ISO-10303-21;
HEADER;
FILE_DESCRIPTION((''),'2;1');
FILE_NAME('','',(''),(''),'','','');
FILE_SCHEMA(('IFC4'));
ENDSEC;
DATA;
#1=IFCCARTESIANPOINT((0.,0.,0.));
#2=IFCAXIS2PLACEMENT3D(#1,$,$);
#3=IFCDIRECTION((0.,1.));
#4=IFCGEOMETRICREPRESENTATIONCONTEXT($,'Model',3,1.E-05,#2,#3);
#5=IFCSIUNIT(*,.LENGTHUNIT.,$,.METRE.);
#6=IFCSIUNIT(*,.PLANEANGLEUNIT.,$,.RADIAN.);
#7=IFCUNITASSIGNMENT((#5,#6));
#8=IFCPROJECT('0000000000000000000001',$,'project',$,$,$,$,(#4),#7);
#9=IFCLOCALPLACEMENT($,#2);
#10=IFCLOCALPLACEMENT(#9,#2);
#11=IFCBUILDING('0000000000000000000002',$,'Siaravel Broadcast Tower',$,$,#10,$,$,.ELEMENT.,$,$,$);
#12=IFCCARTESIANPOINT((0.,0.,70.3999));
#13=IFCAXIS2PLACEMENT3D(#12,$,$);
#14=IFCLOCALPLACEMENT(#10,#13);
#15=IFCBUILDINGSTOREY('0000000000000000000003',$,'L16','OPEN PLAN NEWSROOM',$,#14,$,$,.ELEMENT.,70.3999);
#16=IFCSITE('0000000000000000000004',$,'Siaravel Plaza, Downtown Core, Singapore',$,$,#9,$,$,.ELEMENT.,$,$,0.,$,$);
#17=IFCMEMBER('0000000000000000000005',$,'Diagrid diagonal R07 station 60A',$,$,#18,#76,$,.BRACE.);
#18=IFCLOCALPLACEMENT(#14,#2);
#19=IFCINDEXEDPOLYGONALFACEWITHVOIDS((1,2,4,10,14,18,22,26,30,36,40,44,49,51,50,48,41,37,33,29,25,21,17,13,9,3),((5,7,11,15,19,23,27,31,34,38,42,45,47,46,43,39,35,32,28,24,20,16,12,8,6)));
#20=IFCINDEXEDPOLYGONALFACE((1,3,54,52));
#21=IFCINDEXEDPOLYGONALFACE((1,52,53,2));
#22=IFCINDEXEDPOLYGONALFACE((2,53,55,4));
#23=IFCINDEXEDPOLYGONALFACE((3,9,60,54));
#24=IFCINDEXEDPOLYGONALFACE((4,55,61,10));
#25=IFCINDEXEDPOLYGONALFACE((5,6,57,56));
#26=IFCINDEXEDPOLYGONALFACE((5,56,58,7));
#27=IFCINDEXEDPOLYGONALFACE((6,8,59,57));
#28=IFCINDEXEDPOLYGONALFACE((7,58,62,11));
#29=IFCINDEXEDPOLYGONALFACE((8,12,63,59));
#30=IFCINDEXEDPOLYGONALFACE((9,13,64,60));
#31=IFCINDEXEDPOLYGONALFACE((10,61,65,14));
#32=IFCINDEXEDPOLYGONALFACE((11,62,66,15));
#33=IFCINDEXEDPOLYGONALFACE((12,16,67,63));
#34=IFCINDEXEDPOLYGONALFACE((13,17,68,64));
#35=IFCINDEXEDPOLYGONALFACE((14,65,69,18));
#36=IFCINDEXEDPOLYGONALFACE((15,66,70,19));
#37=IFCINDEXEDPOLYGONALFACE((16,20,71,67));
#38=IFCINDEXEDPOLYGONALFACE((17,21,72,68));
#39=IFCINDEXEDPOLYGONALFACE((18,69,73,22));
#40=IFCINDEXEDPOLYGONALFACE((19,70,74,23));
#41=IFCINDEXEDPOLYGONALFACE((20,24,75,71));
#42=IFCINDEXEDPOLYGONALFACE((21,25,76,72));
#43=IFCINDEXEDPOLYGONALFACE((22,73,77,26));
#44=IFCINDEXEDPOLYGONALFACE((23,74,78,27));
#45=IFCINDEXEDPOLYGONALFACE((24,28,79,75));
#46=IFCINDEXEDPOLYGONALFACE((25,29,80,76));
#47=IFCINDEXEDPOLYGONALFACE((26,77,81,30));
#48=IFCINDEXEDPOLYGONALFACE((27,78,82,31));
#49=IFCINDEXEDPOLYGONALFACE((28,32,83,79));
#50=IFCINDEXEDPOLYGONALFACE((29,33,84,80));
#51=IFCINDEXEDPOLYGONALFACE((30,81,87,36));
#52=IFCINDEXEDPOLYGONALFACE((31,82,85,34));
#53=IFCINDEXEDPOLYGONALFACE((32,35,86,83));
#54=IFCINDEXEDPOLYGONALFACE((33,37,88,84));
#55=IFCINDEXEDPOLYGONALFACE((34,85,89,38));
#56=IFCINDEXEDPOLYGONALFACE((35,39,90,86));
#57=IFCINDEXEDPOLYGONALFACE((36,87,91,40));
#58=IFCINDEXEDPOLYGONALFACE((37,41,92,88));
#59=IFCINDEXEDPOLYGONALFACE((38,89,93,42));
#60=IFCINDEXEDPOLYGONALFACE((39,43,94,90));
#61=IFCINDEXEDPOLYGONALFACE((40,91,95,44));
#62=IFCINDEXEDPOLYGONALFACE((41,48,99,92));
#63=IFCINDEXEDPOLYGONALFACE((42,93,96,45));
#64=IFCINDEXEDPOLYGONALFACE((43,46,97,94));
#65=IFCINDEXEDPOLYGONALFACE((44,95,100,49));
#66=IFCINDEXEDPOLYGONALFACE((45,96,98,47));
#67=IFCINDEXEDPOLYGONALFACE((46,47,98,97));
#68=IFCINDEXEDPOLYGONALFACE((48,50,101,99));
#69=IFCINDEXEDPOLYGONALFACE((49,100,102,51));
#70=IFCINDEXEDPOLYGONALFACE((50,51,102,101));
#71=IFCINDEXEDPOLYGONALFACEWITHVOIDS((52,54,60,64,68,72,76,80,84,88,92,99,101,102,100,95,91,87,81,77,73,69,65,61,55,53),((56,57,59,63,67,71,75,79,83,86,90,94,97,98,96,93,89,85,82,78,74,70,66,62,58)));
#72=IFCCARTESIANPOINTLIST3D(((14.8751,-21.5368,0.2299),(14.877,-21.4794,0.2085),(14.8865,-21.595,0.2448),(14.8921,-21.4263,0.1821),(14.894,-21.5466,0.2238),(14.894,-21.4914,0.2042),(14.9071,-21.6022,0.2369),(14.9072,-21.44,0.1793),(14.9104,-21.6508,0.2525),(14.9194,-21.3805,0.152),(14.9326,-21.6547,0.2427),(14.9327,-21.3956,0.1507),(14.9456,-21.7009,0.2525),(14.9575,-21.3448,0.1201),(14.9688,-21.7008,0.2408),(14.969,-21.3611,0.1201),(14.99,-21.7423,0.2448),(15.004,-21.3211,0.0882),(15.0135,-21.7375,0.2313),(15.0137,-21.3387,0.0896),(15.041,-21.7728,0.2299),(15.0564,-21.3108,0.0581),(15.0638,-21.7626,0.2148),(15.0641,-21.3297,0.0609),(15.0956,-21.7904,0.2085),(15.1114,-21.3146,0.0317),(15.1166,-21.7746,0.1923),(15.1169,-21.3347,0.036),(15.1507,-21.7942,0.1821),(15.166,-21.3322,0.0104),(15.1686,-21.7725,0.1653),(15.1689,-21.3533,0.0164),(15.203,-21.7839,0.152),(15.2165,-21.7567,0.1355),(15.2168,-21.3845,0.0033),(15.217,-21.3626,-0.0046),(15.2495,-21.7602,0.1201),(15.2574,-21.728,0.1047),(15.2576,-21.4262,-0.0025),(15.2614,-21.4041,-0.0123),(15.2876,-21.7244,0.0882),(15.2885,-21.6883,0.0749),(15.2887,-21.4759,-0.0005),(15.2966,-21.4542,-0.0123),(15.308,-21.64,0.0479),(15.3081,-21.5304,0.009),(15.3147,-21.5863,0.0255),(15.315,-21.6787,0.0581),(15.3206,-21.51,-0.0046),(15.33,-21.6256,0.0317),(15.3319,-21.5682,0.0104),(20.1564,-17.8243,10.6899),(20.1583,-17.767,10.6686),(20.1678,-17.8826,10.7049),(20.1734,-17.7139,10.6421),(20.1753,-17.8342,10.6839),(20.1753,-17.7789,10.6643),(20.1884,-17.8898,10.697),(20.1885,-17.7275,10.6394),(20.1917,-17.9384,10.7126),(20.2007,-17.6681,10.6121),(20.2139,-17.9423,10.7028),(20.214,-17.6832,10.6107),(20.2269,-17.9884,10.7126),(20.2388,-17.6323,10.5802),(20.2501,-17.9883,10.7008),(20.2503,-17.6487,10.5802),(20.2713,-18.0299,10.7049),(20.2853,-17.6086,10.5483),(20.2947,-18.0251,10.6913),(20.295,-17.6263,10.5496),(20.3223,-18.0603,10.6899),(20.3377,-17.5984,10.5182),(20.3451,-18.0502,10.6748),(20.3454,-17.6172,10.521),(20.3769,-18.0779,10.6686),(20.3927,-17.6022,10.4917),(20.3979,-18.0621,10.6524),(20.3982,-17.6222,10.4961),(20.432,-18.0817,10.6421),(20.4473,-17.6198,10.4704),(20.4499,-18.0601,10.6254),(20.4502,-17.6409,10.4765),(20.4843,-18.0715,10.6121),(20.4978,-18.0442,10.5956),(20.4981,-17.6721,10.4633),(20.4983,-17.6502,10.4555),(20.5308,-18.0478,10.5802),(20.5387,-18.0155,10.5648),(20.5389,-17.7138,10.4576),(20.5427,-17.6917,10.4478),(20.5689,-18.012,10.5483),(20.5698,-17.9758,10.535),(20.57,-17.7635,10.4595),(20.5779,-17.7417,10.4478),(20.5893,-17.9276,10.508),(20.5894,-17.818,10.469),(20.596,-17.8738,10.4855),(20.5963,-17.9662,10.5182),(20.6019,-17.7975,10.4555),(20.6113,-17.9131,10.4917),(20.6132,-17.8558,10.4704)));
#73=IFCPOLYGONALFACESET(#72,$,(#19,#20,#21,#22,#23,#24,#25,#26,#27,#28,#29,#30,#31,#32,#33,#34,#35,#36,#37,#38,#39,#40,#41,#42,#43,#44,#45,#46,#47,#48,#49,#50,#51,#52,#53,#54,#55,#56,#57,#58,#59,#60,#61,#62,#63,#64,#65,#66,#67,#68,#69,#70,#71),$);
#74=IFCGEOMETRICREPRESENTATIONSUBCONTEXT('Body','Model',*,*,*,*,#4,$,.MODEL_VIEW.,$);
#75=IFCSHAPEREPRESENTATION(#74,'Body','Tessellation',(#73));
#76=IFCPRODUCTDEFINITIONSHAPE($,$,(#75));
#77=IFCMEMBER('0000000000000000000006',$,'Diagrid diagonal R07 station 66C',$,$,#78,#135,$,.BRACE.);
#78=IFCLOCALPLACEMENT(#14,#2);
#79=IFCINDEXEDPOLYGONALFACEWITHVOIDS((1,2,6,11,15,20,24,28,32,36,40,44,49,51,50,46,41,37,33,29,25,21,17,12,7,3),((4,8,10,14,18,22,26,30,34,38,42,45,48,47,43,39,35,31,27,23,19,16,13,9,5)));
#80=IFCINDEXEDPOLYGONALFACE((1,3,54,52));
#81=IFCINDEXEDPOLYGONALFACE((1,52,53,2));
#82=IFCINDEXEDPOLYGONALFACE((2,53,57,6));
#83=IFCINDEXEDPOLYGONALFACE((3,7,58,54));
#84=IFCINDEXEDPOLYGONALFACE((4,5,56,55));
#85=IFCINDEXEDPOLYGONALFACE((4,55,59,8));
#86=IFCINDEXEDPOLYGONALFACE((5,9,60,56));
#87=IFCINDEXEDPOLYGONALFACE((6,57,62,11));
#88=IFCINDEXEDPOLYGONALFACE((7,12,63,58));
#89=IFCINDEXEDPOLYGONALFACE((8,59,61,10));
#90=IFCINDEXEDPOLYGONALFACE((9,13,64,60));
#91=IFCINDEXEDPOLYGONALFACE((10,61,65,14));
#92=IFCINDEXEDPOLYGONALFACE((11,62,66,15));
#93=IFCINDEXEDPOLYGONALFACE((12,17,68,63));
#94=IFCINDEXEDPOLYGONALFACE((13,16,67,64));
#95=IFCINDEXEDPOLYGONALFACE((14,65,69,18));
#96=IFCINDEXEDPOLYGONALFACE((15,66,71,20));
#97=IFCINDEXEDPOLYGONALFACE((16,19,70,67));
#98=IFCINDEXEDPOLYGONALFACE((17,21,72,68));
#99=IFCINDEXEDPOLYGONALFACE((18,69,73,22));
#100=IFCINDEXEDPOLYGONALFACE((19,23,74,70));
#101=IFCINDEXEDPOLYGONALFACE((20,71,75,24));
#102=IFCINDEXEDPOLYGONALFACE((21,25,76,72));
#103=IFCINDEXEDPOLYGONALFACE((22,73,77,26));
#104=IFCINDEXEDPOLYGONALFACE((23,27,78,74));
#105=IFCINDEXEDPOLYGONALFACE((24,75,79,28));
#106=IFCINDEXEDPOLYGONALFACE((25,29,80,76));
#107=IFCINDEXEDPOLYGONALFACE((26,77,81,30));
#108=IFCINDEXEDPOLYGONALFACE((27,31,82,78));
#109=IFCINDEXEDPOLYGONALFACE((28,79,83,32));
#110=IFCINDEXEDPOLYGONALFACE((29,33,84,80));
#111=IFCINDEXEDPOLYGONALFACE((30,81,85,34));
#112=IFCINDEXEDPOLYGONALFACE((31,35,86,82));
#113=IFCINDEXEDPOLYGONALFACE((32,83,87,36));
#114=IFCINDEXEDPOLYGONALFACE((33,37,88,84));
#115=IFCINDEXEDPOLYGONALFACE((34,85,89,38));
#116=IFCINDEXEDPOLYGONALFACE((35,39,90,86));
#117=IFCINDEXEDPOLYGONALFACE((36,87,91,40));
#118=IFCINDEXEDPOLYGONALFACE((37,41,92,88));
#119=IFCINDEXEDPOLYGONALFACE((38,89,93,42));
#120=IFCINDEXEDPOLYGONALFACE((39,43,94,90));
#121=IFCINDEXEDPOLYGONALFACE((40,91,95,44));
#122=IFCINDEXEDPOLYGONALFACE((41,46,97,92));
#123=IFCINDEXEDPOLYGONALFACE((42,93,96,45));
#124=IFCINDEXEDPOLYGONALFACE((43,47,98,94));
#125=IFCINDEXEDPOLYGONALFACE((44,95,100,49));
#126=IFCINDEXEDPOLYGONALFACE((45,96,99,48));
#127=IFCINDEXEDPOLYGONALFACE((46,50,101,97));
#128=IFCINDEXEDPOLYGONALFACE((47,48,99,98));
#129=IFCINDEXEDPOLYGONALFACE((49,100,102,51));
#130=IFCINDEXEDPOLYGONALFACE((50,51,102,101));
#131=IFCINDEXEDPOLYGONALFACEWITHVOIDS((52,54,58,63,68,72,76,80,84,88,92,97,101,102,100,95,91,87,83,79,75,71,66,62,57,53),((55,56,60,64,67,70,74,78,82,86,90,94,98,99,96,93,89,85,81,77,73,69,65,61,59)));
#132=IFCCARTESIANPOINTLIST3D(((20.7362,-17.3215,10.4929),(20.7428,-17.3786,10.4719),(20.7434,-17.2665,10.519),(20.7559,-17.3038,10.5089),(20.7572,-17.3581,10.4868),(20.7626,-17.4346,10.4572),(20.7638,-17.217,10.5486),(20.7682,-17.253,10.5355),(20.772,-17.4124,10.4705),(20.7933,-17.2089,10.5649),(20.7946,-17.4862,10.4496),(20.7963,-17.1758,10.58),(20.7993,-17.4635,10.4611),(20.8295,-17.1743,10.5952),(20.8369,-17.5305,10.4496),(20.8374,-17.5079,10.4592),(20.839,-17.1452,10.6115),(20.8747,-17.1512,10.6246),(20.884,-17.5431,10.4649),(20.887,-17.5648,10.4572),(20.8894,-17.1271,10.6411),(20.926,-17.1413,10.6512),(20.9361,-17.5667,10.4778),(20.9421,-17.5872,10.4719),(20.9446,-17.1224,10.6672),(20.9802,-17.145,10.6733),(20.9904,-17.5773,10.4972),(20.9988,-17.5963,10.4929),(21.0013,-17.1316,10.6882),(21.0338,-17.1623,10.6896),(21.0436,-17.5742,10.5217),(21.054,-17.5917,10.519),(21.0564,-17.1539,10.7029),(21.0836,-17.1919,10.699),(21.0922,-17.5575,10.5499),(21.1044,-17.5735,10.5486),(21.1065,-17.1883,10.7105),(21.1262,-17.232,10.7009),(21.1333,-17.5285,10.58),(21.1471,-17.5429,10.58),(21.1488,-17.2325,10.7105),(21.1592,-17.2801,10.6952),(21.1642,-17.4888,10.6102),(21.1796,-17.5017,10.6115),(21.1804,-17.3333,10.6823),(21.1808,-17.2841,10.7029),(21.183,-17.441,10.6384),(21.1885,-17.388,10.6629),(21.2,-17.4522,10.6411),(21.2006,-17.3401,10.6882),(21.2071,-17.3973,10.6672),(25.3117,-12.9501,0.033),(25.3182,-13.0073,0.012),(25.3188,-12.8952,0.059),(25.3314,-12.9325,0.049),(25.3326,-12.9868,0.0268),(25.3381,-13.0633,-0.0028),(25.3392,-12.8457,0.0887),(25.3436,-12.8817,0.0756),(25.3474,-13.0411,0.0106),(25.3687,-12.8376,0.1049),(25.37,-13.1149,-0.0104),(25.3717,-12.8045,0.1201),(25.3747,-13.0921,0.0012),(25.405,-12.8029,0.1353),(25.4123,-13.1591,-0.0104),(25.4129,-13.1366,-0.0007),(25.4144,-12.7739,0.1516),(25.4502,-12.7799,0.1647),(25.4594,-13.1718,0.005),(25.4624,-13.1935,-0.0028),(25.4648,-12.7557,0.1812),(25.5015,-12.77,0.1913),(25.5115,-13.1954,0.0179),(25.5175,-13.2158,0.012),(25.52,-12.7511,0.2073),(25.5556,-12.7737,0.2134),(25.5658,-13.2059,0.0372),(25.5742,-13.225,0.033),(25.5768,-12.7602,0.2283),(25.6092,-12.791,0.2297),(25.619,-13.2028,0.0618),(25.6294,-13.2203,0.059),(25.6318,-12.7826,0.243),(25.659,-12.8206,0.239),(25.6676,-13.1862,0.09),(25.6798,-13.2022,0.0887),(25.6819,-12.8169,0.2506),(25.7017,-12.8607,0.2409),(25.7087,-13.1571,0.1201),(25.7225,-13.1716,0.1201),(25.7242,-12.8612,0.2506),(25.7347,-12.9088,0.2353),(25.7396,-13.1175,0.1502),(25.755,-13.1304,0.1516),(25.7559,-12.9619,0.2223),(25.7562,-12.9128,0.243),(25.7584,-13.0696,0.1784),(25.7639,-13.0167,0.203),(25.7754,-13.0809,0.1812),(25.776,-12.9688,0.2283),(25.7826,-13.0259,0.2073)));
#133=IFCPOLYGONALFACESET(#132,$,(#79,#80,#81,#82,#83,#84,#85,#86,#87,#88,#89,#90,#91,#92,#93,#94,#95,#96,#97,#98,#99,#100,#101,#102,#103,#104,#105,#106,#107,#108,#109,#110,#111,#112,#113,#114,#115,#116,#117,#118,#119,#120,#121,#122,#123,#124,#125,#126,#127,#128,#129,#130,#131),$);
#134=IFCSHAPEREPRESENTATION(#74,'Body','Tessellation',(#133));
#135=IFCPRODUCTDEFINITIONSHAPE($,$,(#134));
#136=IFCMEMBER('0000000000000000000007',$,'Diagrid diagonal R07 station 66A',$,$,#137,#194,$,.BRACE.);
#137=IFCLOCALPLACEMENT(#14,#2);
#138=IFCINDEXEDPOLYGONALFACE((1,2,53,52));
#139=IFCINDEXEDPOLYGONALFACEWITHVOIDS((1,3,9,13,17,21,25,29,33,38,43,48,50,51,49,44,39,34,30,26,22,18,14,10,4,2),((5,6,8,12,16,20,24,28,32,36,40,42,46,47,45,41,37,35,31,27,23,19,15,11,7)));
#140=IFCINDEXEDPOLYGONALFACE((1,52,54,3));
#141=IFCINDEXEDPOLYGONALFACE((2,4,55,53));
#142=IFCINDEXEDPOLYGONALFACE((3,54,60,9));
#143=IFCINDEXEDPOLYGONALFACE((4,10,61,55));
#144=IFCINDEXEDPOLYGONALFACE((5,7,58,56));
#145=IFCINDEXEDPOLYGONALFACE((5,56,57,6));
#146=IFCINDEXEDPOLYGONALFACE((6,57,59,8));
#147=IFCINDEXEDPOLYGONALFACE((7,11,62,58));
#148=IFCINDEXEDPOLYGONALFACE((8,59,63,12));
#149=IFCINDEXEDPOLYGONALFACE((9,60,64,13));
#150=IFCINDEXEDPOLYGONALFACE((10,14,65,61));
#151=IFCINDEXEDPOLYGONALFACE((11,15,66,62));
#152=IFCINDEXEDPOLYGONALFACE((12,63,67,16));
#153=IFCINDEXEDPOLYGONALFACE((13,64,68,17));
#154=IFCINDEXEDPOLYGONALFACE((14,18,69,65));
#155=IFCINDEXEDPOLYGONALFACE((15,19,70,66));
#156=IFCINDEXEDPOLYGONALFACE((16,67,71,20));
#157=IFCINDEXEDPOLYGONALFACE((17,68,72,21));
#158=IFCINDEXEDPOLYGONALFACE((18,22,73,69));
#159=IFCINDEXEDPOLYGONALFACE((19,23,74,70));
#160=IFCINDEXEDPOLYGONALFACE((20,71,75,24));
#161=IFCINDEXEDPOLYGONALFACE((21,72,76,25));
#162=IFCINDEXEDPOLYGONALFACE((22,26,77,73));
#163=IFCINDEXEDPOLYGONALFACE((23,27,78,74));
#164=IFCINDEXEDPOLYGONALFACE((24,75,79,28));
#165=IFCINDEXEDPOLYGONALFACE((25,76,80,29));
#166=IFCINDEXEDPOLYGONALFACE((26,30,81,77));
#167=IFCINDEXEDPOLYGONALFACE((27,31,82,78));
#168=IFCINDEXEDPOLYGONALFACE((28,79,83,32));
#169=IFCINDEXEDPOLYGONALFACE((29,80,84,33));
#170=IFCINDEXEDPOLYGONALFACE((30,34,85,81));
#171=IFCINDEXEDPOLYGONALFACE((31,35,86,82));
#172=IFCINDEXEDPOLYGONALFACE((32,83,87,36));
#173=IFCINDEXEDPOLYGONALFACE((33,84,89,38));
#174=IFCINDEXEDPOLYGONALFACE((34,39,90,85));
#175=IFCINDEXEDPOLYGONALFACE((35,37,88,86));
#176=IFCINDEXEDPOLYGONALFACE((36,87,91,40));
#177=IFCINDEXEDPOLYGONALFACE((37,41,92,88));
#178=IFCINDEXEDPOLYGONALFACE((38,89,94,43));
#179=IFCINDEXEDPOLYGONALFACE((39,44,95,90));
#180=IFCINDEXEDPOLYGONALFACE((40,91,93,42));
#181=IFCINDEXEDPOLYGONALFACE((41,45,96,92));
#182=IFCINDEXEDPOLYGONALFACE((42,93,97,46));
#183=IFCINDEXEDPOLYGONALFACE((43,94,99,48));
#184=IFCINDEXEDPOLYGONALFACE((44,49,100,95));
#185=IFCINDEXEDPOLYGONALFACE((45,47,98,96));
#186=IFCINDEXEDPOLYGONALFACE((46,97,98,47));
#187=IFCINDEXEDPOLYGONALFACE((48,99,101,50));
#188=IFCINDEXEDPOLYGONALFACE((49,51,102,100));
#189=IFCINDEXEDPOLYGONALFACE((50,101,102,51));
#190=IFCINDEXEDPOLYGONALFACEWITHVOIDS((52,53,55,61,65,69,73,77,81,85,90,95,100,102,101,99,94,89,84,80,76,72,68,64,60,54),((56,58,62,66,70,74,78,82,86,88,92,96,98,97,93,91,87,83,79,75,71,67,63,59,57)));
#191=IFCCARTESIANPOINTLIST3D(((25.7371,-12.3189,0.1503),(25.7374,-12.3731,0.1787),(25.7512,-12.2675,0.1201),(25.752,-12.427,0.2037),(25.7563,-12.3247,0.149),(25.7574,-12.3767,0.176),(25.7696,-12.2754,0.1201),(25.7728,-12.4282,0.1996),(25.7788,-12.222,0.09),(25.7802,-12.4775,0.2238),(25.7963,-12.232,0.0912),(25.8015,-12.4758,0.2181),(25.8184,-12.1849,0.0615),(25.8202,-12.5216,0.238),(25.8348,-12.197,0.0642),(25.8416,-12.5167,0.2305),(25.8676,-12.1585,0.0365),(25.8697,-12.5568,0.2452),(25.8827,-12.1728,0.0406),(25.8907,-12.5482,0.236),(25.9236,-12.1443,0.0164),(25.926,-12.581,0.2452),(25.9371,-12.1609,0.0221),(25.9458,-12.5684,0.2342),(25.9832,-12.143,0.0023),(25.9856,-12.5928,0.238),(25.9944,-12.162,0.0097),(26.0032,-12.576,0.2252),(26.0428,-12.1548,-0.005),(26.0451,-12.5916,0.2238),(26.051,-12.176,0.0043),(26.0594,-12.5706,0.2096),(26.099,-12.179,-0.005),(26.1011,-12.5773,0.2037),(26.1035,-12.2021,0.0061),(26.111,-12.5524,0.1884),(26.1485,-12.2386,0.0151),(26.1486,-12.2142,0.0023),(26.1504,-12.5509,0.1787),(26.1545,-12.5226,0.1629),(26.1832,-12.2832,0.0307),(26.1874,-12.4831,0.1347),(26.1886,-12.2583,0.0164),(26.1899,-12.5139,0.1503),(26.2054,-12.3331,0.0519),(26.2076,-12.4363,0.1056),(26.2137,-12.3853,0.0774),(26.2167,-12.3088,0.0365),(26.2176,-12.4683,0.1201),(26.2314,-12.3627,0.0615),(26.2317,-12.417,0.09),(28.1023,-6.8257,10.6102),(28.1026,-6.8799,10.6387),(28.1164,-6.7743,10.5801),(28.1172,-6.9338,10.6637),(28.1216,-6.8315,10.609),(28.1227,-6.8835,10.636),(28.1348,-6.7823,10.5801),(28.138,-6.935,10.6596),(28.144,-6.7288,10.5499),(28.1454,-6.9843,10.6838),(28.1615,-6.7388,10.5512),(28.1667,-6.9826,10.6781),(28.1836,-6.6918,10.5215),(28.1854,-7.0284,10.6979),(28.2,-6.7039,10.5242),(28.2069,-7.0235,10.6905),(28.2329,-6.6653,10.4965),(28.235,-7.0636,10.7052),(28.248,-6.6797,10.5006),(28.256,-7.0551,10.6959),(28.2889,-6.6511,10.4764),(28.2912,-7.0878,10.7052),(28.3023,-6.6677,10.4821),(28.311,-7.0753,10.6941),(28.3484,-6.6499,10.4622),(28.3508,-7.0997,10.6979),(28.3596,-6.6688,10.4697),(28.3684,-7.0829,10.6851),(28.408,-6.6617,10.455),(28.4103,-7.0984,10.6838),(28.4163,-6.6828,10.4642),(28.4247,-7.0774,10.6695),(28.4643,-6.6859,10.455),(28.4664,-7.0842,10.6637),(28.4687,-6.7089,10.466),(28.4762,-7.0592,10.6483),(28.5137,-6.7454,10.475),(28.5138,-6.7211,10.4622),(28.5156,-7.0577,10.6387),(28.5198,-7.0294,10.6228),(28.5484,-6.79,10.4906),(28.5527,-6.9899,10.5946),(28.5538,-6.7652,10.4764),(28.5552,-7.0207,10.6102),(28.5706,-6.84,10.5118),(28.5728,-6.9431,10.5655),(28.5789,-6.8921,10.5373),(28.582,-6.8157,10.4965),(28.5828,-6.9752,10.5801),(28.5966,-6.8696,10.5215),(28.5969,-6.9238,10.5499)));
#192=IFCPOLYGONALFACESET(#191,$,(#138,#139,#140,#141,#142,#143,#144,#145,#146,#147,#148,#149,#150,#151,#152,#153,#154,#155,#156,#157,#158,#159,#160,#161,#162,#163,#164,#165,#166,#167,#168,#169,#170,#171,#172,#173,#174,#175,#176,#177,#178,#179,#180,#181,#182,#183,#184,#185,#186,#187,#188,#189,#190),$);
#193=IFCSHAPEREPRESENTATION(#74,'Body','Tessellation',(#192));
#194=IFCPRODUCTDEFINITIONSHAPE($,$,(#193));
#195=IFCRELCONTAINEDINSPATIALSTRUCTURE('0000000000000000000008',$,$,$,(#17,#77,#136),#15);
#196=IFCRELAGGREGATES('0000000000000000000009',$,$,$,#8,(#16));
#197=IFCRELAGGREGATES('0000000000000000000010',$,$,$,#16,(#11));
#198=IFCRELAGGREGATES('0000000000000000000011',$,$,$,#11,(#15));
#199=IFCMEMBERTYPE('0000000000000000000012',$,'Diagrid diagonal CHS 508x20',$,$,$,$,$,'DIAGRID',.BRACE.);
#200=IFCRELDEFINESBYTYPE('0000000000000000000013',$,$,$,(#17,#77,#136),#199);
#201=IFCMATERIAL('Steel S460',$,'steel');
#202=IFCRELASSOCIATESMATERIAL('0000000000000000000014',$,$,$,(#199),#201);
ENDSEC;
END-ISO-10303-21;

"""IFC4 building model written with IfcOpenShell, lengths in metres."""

from ifc_helpers import new_model, si_unit, direction, frame, origin, origin_2d, place, context, subcontext, project, spatial, hollow_circle, extrude, material, material_profile, profile_set, type_object, element, save


model = new_model("IFC4")

# Units and contexts
model_context = context("Model", 3, precision=1e-05, world=origin(), true_north=direction((0.0, 1.0)))
body_context = subcontext(model_context, "Body", "Model", "MODEL_VIEW")
ifc_project = project(units=[si_unit("LENGTHUNIT", "METRE"), si_unit("PLANEANGLEUNIT", "RADIAN")], contexts=[model_context])

# Site, building, storey
site_placement = place(None, origin())
site = spatial("IfcSite", under=ifc_project, at=site_placement, Name="Siaravel Plaza, Downtown Core, Singapore", CompositionType="ELEMENT", RefElevation=0.0)
building_placement = place(site_placement, origin())
building = spatial("IfcBuilding", under=site, at=building_placement, Name="Siaravel Broadcast Tower", CompositionType="ELEMENT")
storey_placement = place(building_placement, frame((0.0, 0.0, 70.3999)))
storey = spatial("IfcBuildingStorey", under=building, at=storey_placement, Name="L16", Description="OPEN PLAN NEWSROOM", CompositionType="ELEMENT", Elevation=70.3999)

# Members
ifc_material_1 = material(Name="Steel S460", Category="steel")
ifc_material_profile_1 = material_profile(ifc_material_1, hollow_circle(Radius=0.2539, WallThickness=0.02, at=origin_2d()))
ifc_profile_set_1 = profile_set([ifc_material_profile_1], Name="Steel S460")
member_type_1 = type_object("IfcMemberType", Name="Diagrid diagonal CHS 508x20", ElementType="DIAGRID", PredefinedType="BRACE", material=ifc_profile_set_1)
member_1_placement = place(storey_placement, frame((15.1035, -21.5525, 0.1201), z_axis=(0.429662, 0.302027, 0.850982), x_axis=(-0.575076, 0.8181, 0.0)))
element("IfcMember", 1, at=member_1_placement, inside=storey, type_object=member_type_1, Name="Diagrid diagonal R07 station 60A", PredefinedType="BRACE", context=body_context, shape_type="SweptSolid", body=[
    extrude(hollow_circle(Radius=0.2539, WallThickness=0.02, at=origin_2d()), origin(), (0.0, 0.0, 1.0), 12.2917),
])
member_2_placement = place(storey_placement, frame((25.5471, -12.988, 0.1201), z_axis=(-0.374265, -0.35757, 0.855611), x_axis=(0.690796, -0.72305, 0.0)))
element("IfcMember", 2, at=member_2_placement, inside=storey, type_object=member_type_1, Name="Diagrid diagonal R07 station 66C", PredefinedType="BRACE", context=body_context, shape_type="SweptSolid", body=[
    extrude(hollow_circle(Radius=0.2539, WallThickness=0.02, at=origin_2d()), origin(), (0.0, 0.0, 1.0), 12.2251),
])
member_3_placement = place(storey_placement, frame((25.9844, -12.3679, 0.1201), z_axis=(0.1963, 0.4559, 0.868114), x_axis=(-0.918476, 0.395476, 0.0)))
element("IfcMember", 3, at=member_3_placement, inside=storey, type_object=member_type_1, Name="Diagrid diagonal R07 station 66A", PredefinedType="BRACE", context=body_context, shape_type="SweptSolid", body=[
    extrude(hollow_circle(Radius=0.2539, WallThickness=0.02, at=origin_2d()), origin(), (0.0, 0.0, 1.0), 12.0491),
])

save(model, "model.ifc")
